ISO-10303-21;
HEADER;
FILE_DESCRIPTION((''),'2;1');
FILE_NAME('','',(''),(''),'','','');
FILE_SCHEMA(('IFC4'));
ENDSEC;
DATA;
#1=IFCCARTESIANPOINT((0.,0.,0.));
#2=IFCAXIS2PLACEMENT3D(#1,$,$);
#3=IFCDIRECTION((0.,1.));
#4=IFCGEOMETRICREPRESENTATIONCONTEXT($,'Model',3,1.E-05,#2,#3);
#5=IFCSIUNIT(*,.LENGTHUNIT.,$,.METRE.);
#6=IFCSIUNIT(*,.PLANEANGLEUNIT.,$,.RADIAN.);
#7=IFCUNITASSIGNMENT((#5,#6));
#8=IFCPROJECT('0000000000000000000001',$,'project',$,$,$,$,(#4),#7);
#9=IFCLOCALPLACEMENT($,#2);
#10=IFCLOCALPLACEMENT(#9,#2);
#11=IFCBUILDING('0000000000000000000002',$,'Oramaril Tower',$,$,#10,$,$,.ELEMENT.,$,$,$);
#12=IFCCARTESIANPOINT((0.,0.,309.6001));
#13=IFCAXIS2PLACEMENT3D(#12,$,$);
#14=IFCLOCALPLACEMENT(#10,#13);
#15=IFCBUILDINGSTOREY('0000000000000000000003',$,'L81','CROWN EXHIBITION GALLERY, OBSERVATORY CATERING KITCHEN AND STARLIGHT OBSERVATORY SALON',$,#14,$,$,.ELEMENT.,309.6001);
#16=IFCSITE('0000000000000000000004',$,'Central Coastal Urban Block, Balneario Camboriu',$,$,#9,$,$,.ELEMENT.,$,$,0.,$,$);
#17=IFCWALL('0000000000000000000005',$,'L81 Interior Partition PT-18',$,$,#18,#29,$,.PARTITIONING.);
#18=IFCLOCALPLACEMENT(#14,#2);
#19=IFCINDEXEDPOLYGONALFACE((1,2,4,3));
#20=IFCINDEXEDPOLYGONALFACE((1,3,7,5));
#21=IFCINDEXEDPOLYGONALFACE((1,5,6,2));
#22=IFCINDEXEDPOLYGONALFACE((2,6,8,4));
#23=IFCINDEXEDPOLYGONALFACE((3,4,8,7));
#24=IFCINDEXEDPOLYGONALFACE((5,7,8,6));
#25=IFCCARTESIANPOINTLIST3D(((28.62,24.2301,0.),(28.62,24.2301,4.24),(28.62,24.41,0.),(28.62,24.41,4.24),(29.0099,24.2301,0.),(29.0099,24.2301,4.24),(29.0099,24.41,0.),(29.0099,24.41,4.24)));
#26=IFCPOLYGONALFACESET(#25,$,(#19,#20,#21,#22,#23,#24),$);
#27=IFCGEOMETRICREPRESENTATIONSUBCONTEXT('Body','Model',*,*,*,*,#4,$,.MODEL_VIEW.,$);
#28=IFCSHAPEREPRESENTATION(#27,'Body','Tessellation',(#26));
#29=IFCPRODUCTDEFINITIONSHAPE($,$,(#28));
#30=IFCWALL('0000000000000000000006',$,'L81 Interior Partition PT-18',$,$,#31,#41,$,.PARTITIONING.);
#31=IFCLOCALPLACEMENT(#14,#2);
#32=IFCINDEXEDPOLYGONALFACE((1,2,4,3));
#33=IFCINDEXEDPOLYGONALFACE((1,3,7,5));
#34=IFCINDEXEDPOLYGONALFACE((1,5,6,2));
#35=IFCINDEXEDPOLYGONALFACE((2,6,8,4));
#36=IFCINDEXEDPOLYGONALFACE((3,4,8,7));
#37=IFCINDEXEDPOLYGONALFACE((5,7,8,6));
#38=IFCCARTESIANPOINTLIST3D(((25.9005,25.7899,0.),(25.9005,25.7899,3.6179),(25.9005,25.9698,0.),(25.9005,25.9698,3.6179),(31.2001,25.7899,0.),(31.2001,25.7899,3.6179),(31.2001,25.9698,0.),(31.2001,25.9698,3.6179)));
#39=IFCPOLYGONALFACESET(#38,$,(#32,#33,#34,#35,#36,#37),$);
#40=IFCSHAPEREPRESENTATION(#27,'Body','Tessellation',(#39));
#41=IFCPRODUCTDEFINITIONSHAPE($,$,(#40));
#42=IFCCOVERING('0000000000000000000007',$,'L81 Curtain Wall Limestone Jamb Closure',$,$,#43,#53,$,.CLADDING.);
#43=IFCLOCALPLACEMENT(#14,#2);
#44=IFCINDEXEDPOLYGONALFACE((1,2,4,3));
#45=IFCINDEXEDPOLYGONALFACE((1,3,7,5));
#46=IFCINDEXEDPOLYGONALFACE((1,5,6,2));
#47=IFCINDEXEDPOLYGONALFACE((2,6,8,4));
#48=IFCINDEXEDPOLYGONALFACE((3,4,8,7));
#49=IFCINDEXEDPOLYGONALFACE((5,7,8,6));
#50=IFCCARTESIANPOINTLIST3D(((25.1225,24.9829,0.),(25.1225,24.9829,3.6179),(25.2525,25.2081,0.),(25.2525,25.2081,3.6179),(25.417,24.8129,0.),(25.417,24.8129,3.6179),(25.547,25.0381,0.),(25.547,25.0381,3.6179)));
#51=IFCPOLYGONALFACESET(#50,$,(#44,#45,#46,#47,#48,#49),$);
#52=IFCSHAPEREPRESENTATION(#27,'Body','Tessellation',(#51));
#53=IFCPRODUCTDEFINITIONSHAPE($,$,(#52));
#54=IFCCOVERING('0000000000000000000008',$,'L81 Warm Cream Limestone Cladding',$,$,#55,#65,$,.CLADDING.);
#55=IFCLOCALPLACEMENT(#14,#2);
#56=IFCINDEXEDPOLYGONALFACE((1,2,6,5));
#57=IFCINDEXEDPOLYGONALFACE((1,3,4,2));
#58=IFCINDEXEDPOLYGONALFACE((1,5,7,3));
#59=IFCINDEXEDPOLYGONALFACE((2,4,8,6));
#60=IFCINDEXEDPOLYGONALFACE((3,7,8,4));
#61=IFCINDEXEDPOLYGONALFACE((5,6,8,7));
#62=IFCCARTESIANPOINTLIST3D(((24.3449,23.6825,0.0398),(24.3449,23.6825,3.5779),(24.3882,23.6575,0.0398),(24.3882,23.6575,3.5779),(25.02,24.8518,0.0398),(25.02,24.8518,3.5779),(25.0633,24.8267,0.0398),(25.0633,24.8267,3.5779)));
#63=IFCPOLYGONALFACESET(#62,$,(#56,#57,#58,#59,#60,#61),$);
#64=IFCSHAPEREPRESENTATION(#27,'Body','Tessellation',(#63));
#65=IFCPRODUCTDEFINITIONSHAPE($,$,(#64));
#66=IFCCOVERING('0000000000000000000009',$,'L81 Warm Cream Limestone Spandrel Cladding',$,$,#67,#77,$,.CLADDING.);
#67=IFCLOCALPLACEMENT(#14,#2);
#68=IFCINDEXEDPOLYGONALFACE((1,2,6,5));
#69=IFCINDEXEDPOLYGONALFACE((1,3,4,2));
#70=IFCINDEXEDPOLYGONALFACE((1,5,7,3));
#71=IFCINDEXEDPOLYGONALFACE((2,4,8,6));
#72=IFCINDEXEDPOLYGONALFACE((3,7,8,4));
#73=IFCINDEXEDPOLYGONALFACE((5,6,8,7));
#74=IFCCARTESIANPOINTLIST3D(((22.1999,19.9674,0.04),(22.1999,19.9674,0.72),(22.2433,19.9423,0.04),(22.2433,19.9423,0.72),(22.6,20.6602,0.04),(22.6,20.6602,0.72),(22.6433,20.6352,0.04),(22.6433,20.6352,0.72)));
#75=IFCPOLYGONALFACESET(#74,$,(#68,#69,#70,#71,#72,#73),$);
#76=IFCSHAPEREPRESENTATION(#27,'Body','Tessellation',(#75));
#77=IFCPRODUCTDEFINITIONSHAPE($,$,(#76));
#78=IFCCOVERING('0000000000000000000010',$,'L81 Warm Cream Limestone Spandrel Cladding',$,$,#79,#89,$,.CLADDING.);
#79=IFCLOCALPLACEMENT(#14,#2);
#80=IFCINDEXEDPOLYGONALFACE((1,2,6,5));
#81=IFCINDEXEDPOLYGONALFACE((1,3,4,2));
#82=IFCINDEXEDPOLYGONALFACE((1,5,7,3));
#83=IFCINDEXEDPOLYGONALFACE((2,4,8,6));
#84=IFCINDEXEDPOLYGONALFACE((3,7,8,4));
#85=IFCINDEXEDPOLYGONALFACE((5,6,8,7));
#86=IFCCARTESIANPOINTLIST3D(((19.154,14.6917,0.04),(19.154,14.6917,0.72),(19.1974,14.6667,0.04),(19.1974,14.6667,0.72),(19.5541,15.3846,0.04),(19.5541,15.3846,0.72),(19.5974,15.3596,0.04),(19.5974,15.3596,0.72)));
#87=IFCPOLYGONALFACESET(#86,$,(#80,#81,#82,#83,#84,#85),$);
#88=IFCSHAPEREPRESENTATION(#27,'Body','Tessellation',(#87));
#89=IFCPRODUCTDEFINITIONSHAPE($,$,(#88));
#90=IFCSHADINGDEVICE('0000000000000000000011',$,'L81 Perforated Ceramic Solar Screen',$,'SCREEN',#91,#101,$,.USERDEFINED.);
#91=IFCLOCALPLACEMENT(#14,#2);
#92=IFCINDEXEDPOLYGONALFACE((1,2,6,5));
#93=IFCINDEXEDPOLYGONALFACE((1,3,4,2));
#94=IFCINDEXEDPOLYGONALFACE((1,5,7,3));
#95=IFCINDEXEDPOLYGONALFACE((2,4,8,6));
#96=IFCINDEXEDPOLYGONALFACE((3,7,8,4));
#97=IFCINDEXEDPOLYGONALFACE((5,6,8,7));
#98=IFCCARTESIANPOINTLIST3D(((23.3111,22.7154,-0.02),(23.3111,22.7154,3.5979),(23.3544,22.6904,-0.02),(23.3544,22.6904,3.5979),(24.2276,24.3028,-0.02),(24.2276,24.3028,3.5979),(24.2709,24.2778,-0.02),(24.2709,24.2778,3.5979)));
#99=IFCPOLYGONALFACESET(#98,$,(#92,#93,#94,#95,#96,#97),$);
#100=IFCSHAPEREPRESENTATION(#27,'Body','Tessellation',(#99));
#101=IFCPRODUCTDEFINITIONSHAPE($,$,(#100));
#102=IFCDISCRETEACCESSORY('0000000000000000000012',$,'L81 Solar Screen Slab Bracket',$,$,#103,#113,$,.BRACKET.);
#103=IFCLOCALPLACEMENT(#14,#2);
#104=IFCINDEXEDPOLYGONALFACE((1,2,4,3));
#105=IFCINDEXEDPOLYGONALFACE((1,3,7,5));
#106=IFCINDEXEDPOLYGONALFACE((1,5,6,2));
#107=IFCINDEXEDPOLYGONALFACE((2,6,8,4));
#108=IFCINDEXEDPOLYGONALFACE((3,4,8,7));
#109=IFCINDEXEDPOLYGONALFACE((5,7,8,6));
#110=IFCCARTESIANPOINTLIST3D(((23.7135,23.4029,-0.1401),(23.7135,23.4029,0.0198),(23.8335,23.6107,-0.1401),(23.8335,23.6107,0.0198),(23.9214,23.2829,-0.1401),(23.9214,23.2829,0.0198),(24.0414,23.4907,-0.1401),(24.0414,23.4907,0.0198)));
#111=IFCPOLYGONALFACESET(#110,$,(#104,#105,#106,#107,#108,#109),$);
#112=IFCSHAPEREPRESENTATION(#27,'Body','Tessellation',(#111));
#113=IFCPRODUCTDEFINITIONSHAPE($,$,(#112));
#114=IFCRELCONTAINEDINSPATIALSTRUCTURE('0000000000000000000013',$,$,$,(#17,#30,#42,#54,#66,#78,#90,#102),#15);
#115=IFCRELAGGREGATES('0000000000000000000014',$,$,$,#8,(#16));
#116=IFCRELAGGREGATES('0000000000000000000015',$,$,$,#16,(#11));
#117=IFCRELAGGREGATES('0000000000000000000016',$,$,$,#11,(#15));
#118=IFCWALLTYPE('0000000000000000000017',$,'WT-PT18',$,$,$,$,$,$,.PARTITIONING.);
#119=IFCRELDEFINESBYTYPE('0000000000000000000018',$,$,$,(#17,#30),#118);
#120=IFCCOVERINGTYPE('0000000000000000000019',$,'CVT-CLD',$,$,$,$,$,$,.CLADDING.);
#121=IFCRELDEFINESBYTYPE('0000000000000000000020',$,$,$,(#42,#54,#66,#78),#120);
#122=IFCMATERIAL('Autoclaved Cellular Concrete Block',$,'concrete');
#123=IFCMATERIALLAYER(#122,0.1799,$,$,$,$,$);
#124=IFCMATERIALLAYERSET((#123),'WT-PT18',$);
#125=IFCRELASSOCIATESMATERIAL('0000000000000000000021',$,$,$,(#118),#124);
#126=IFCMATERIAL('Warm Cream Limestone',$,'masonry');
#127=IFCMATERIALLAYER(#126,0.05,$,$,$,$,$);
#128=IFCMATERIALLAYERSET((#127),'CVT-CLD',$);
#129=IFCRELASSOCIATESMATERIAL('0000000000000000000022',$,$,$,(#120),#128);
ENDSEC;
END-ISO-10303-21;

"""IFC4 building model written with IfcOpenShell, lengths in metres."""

from ifc_helpers import new_model, si_unit, direction, frame, frame_2d, origin, origin_2d, place, context, subcontext, project, spatial, rectangle, extrude, material, layer, layer_set, type_object, element, save


model = new_model("IFC4")

# Units and contexts
model_context = context("Model", 3, precision=1e-05, world=origin(), true_north=direction((0.0, 1.0)))
body_context = subcontext(model_context, "Body", "Model", "MODEL_VIEW")
ifc_project = project(units=[si_unit("LENGTHUNIT", "METRE"), si_unit("PLANEANGLEUNIT", "RADIAN")], contexts=[model_context])

# Site, building, storey
site_placement = place(None, origin())
site = spatial("IfcSite", under=ifc_project, at=site_placement, Name="Central Coastal Urban Block, Balneario Camboriu", CompositionType="ELEMENT", RefElevation=0.0)
building_placement = place(site_placement, origin())
building = spatial("IfcBuilding", under=site, at=building_placement, Name="Oramaril Tower", CompositionType="ELEMENT")
storey_placement = place(building_placement, frame((0.0, 0.0, 309.6001)))
storey = spatial("IfcBuildingStorey", under=building, at=storey_placement, Name="L81", Description="CROWN EXHIBITION GALLERY, OBSERVATORY CATERING KITCHEN AND STARLIGHT OBSERVATORY SALON", CompositionType="ELEMENT", Elevation=309.6001)

# Walls
ifc_material_1 = material(Name="Autoclaved Cellular Concrete Block", Category="concrete")
ifc_layer_1 = layer(ifc_material_1, 0.1799)
ifc_layer_set_1 = layer_set([ifc_layer_1], Name="WT-PT18")
wall_type_1 = type_object("IfcWallType", Name="WT-PT18", PredefinedType="PARTITIONING", material=ifc_layer_set_1)
wall_1_placement = place(storey_placement, frame((28.6201, 24.3201, 0.0), z_axis=(0.0, 0.0, 1.0), x_axis=(1.0, 0.0, 0.0)))
element("IfcWall", 1, at=wall_1_placement, inside=storey, type_object=wall_type_1, Name="L81 Interior Partition PT-18", PredefinedType="PARTITIONING", context=body_context, shape_type="SweptSolid", body=[
    extrude(rectangle(XDim=0.3899, YDim=0.1799, at=frame_2d((0.1948, 0.0))), origin(), (0.0, 0.0, 1.0), 4.24),
])
wall_2_placement = place(storey_placement, frame((25.9004, 25.8799, 0.0), z_axis=(0.0, 0.0, 1.0), x_axis=(1.0, 0.0, 0.0)))
element("IfcWall", 2, at=wall_2_placement, inside=storey, type_object=wall_type_1, Name="L81 Interior Partition PT-18", PredefinedType="PARTITIONING", context=body_context, shape_type="SweptSolid", body=[
    extrude(rectangle(XDim=5.2996, YDim=0.1799, at=frame_2d((2.6499, 0.0))), origin(), (0.0, 0.0, 1.0), 3.6179),
])

# Coverings
ifc_material_2 = material(Name="Warm Cream Limestone", Category="masonry")
ifc_layer_2 = layer(ifc_material_2, 0.05)
ifc_layer_set_2 = layer_set([ifc_layer_2], Name="CVT-CLD")
covering_type = type_object("IfcCoveringType", Name="CVT-CLD", PredefinedType="CLADDING", material=ifc_layer_set_2)
covering_1_placement = place(storey_placement, frame((25.3347, 25.0105, 0.0), z_axis=(0.0, 0.0, 1.0), x_axis=(-0.5, -0.866025, 0.0)))
element("IfcCovering", 3, at=covering_1_placement, inside=storey, type_object=covering_type, Name="L81 Curtain Wall Limestone Jamb Closure", PredefinedType="CLADDING", context=body_context, shape_type="SweptSolid", body=[
    extrude(rectangle(XDim=0.26, YDim=0.3401, at=origin_2d()), origin(), (0.0, 0.0, 1.0), 3.6179),
])
covering_2_placement = place(storey_placement, frame((24.7041, 24.2546, 0.0398), z_axis=(0.0, 0.0, 1.0), x_axis=(-0.5, -0.866025, 0.0)))
element("IfcCovering", 4, at=covering_2_placement, inside=storey, type_object=covering_type, Name="L81 Warm Cream Limestone Cladding", PredefinedType="CLADDING", context=body_context, shape_type="SweptSolid", body=[
    extrude(rectangle(XDim=1.3501, YDim=0.05, at=origin_2d()), origin(), (0.0, 0.0, 1.0), 3.5381),
])
for number, where, z_axis, x_axis, name in (
    (5, (22.4216, 20.3013, 0.04), (0.0, 0.0, 1.0), (-0.5, -0.866025, 0.0), "L81 Warm Cream Limestone Spandrel Cladding"),
    (6, (19.3757, 15.0256, 0.04), (0.0, 0.0, 1.0), (-0.5, -0.866025, 0.0), "L81 Warm Cream Limestone Spandrel Cladding"),
):
    element("IfcCovering", number, at=place(storey_placement, frame(where, z_axis=z_axis, x_axis=x_axis)), inside=storey, type_object=covering_type, Name=name, PredefinedType="CLADDING", context=body_context, shape_type="SweptSolid", body=[
        extrude(rectangle(XDim=0.8, YDim=0.05, at=origin_2d()), origin(), (0.0, 0.0, 1.0), 0.6799),
    ])

# Shading device
shading_device_placement = place(storey_placement, frame((23.791, 23.4966, -0.02), z_axis=(0.0, 0.0, 1.0), x_axis=(-0.499998, -0.866026, 0.0)))
element("IfcShadingDevice", 7, at=shading_device_placement, inside=storey, Name="L81 Perforated Ceramic Solar Screen", ObjectType="SCREEN", PredefinedType="USERDEFINED", context=body_context, shape_type="SweptSolid", body=[
    extrude(rectangle(XDim=1.833, YDim=0.05, at=origin_2d()), origin(), (0.0, 0.0, 1.0), 3.6179),
])

# Discrete accessory
discrete_accessory_placement = place(storey_placement, frame((23.8774, 23.4468, -0.1401), z_axis=(0.0, 0.0, 1.0), x_axis=(-0.499998, -0.866026, 0.0)))
element("IfcDiscreteAccessory", 8, at=discrete_accessory_placement, inside=storey, Name="L81 Solar Screen Slab Bracket", PredefinedType="BRACKET", context=body_context, shape_type="SweptSolid", body=[
    extrude(rectangle(XDim=0.24, YDim=0.24, at=origin_2d()), origin(), (0.0, 0.0, 1.0), 0.1599),
])

save(model, "model.ifc")
